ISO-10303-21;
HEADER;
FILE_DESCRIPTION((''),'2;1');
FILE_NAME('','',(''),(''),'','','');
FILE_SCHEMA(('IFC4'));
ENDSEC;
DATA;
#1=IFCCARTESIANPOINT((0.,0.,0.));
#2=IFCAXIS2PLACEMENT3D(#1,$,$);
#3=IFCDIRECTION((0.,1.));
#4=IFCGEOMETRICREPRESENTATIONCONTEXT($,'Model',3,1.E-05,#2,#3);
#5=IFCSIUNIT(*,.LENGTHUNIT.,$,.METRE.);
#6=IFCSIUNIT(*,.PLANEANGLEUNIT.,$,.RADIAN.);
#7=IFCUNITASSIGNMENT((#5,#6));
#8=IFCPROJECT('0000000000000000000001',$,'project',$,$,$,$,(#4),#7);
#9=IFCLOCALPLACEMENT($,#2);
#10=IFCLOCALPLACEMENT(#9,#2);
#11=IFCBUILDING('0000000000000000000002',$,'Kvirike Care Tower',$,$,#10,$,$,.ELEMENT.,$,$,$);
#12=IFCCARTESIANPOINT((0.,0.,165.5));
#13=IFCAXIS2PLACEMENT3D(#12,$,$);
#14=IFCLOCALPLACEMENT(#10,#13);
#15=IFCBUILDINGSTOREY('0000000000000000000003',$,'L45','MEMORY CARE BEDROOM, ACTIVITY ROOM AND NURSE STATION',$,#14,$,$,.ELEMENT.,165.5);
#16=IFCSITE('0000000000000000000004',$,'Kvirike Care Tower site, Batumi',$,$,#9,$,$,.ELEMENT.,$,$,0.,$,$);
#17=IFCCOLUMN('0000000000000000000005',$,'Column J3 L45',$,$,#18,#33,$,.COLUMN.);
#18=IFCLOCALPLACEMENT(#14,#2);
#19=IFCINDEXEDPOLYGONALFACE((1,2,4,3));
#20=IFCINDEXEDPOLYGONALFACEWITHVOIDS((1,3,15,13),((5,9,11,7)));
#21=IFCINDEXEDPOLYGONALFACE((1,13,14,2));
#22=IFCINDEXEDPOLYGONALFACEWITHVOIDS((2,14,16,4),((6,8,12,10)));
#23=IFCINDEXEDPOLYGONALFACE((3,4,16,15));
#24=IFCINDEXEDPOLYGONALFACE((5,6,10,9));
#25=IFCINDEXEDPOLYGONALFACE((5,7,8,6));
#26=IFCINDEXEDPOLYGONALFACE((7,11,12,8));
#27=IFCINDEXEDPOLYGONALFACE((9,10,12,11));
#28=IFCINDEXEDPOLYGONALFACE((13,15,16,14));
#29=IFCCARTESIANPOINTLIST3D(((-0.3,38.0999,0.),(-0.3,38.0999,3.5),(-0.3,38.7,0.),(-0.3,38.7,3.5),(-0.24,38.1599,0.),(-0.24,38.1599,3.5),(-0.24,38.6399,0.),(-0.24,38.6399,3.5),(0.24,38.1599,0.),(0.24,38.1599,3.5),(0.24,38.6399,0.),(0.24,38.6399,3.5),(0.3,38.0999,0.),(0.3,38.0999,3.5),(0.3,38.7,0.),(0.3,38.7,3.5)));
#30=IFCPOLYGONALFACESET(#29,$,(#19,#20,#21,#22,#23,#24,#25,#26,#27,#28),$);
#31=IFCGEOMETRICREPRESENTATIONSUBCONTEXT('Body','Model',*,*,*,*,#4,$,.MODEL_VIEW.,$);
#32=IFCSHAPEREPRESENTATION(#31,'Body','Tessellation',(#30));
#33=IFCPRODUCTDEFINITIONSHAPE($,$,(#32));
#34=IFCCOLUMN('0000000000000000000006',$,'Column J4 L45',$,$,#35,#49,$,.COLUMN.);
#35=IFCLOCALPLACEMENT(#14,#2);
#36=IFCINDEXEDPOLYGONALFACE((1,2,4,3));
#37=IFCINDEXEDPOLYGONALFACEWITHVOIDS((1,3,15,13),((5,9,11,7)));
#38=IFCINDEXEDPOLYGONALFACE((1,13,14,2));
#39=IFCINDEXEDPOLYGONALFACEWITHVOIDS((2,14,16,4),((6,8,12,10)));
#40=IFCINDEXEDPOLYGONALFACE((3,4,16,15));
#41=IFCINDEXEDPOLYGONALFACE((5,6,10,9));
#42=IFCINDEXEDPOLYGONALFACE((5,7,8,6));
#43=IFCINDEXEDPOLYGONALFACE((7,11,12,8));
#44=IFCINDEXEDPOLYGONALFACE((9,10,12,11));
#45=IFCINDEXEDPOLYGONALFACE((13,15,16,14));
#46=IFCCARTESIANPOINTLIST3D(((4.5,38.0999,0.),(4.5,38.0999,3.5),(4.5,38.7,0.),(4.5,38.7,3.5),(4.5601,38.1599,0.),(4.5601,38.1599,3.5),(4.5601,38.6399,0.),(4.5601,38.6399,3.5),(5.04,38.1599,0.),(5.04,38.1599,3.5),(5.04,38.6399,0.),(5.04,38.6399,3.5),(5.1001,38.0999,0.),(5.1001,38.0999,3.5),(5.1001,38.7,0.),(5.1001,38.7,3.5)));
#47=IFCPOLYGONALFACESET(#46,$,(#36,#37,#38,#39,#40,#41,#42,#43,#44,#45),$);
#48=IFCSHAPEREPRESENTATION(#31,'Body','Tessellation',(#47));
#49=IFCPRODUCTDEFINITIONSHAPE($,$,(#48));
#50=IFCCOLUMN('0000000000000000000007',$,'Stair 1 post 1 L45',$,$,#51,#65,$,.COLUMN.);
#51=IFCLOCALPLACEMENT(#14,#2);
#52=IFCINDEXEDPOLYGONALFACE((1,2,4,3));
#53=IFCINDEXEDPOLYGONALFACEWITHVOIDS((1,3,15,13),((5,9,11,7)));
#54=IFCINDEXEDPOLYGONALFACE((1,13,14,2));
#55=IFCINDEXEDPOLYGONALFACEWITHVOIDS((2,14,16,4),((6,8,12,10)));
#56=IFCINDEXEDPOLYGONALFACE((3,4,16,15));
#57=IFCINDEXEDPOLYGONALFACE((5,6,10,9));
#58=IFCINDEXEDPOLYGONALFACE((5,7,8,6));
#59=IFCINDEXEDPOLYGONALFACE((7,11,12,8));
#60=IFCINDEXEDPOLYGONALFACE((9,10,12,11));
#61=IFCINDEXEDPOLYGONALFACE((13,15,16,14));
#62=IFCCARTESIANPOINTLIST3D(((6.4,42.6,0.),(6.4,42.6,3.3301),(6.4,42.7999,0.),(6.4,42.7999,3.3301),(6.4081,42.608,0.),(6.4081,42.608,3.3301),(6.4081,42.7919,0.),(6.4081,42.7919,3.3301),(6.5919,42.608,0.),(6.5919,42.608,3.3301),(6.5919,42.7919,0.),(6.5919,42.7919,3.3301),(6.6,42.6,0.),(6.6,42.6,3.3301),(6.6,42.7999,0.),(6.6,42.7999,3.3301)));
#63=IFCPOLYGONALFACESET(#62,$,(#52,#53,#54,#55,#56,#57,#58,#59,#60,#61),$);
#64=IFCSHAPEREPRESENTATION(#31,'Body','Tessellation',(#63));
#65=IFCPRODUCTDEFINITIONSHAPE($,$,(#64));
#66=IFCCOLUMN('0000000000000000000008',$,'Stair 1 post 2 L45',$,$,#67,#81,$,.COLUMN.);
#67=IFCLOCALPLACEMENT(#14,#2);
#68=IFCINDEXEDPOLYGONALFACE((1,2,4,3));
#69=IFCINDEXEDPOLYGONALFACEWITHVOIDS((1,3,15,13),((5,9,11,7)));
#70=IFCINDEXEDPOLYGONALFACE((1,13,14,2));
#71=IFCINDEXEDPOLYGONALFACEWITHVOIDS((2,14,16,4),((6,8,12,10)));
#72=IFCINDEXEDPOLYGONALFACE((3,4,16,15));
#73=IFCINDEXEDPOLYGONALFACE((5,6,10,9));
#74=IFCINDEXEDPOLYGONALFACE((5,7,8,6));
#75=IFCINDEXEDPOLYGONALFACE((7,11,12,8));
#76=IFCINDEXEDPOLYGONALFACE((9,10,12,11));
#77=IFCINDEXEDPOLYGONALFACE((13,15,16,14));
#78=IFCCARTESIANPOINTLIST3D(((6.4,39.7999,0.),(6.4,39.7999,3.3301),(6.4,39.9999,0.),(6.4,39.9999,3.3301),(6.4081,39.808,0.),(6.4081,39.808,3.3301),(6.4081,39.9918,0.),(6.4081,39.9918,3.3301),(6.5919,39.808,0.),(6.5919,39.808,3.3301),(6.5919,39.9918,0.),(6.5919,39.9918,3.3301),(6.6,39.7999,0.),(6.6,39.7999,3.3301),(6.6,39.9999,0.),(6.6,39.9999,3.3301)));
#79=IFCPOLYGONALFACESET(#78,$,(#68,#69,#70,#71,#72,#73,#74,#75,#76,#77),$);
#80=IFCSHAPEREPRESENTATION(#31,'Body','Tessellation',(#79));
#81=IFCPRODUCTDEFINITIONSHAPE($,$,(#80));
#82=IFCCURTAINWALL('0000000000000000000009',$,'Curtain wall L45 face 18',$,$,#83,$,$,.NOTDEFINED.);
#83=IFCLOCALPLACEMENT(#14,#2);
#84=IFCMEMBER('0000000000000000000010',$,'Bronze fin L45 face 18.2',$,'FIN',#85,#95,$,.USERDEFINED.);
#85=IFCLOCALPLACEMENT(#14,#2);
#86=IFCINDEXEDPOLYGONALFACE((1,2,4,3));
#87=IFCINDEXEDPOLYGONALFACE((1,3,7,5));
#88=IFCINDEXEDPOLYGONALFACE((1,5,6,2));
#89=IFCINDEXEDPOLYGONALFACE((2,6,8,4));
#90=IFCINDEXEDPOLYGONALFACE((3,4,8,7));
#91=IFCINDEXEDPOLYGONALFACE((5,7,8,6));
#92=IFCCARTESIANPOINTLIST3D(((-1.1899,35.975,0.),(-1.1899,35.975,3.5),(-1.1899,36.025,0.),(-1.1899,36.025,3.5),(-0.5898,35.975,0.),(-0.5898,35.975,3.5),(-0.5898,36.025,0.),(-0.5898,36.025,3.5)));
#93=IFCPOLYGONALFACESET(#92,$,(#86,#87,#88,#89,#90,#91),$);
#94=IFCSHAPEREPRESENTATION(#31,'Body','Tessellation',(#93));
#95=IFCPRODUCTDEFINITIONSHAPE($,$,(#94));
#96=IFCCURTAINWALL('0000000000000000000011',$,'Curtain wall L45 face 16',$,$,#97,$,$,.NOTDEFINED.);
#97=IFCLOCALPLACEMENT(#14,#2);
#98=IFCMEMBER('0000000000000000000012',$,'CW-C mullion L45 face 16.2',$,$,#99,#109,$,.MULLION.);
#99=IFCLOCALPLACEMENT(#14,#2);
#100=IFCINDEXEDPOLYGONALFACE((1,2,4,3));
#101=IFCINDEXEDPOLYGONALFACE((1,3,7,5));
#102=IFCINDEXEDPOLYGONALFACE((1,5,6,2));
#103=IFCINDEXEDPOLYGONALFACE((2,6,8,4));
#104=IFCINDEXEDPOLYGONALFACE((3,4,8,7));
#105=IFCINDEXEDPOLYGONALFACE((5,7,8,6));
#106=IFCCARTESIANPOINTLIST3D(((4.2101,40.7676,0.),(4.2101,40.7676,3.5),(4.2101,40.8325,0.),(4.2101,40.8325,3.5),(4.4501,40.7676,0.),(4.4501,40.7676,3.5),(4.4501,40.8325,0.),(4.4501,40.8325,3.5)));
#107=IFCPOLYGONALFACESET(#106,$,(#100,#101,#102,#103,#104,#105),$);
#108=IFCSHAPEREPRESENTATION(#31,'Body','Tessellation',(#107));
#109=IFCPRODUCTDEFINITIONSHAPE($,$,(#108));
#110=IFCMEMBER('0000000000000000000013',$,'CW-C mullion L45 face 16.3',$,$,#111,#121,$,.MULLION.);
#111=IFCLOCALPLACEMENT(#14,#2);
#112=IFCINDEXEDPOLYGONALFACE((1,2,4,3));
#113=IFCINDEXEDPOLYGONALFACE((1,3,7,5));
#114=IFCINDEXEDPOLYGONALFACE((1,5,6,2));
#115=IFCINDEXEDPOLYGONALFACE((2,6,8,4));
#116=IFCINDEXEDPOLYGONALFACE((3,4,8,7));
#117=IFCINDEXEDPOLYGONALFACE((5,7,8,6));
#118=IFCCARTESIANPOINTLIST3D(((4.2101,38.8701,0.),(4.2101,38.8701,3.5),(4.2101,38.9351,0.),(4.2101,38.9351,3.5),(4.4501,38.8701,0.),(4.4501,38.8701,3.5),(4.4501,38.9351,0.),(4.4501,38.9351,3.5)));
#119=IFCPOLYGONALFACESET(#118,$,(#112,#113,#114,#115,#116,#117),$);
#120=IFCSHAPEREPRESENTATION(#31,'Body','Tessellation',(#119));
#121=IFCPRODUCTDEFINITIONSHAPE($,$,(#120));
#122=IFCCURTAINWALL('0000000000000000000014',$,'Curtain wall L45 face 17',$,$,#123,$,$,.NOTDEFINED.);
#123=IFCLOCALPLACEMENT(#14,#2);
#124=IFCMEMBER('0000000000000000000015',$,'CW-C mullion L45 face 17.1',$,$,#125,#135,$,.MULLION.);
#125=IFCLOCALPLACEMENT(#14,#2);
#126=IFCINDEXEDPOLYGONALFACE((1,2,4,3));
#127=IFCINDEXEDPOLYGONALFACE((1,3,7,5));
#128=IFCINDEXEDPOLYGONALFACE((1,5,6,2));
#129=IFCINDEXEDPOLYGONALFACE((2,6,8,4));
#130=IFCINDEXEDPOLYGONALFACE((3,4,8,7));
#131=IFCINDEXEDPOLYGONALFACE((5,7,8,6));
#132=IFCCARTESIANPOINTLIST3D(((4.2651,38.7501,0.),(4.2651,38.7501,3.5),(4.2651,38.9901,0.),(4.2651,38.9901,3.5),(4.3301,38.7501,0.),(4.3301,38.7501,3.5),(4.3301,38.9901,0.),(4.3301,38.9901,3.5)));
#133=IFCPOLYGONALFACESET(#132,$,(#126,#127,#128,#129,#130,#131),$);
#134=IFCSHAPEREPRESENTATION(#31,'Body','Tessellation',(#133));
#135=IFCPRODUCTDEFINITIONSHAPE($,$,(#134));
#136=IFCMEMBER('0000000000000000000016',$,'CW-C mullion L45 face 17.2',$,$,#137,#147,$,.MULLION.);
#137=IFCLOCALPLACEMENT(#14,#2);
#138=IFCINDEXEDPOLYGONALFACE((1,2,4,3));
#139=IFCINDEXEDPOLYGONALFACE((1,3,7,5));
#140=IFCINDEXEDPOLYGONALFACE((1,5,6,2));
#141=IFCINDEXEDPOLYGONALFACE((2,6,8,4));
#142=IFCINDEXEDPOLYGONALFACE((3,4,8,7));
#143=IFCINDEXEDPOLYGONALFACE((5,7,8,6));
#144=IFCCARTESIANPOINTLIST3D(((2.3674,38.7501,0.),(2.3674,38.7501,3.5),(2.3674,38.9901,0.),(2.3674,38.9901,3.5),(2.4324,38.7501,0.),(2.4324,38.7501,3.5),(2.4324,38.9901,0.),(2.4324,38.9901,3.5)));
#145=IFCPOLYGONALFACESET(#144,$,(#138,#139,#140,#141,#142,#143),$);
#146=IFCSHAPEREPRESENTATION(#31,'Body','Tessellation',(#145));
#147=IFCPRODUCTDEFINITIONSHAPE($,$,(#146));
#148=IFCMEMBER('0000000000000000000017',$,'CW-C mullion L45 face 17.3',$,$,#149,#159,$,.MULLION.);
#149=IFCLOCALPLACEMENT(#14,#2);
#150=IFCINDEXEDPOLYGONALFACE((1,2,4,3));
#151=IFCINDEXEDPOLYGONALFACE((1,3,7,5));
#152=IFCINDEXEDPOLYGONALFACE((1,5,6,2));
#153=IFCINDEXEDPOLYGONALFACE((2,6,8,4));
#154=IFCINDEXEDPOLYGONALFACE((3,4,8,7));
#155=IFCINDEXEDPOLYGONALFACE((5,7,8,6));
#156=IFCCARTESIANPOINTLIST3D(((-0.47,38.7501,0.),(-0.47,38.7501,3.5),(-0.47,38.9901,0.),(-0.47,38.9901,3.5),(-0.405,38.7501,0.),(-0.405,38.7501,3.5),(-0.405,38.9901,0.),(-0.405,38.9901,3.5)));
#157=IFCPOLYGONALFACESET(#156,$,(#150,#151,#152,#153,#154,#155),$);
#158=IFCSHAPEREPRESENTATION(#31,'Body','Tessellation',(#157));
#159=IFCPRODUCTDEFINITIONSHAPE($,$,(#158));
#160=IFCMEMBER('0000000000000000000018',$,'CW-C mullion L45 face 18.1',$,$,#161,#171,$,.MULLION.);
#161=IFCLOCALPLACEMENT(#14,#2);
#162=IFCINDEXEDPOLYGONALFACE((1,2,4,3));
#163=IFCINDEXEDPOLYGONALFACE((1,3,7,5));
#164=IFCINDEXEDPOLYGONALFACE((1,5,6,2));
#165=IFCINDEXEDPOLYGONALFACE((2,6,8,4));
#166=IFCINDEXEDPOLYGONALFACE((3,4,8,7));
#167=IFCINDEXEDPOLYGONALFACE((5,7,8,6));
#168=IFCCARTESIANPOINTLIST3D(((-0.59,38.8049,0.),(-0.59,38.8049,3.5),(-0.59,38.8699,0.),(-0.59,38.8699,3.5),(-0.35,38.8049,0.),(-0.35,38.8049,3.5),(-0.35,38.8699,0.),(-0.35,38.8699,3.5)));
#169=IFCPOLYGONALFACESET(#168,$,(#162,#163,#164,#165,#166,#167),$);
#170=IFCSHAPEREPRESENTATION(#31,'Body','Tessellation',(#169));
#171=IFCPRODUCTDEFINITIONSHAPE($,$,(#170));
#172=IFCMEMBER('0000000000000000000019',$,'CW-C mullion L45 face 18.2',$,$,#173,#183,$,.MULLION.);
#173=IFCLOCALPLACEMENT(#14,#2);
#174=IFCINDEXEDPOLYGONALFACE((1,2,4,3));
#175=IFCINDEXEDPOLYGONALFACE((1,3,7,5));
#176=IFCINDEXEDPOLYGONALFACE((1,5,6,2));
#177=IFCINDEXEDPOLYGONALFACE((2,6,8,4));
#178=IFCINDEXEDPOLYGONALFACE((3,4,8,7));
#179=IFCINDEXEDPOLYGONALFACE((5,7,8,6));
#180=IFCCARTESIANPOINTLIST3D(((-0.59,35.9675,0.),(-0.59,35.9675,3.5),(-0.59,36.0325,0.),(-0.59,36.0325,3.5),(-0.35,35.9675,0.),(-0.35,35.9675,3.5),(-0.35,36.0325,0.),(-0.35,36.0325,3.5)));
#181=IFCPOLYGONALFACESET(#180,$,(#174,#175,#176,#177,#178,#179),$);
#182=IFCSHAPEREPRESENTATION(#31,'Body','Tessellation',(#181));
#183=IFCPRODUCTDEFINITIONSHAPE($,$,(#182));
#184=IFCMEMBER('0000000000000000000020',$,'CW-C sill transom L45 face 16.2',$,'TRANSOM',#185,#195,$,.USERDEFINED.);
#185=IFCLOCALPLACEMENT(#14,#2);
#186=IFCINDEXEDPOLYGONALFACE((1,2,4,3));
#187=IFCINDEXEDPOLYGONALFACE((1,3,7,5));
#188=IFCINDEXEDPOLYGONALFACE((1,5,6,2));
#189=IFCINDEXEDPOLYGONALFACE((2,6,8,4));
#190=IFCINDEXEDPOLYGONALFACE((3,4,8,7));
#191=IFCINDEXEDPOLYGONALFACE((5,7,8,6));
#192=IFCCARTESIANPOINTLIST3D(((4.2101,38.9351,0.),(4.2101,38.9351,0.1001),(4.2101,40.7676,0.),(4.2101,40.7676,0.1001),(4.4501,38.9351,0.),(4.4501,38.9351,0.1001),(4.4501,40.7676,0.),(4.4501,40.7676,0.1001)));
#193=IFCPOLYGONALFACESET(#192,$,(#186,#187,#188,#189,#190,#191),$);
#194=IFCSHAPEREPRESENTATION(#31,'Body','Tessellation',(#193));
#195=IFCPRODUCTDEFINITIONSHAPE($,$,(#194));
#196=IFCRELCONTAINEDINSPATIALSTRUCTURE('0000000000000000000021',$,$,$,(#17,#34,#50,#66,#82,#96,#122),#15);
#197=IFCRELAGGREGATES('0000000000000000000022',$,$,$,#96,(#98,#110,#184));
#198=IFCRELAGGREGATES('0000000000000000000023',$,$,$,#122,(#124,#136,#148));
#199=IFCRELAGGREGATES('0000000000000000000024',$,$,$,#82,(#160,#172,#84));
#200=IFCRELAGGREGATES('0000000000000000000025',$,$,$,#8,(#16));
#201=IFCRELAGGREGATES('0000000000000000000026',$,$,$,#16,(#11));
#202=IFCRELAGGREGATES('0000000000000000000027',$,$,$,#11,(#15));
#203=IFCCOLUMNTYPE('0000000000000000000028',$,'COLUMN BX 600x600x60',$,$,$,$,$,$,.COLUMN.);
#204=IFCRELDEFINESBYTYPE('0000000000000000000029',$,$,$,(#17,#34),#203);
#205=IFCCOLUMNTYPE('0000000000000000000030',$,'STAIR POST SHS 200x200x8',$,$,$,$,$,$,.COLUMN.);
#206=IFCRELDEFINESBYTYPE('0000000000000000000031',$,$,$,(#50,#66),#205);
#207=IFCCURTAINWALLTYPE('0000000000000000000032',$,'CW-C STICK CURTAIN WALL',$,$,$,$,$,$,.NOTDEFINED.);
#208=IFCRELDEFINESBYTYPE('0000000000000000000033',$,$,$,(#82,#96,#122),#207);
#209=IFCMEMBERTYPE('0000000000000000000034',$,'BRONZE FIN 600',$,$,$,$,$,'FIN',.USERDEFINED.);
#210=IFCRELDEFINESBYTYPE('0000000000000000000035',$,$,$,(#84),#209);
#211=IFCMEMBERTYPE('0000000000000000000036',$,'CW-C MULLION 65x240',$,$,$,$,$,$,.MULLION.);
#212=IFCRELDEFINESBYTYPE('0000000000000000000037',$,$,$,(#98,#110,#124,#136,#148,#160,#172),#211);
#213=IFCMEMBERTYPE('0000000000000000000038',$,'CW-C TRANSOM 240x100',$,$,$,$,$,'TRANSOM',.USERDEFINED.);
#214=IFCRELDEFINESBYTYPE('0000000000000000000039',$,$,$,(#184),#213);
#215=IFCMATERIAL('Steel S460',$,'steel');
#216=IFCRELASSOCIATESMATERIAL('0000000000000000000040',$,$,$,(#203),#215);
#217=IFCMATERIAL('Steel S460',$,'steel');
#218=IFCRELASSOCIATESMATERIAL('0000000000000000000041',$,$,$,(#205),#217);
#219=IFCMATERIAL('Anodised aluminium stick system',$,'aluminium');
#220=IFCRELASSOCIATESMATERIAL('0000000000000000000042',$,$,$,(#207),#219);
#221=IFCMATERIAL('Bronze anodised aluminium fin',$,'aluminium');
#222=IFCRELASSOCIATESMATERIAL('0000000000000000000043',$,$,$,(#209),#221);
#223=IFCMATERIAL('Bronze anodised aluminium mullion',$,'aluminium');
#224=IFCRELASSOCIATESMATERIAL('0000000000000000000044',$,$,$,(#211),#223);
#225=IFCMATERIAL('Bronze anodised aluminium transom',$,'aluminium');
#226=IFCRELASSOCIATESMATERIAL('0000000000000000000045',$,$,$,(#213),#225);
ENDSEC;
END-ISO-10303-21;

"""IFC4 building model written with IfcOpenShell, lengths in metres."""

from ifc_helpers import new_model, si_unit, direction, frame, origin, origin_2d, place, context, subcontext, project, spatial, rectangle, hollow_rectangle, extrude, material, material_profile, profile_set, type_object, element, aggregate, save


model = new_model("IFC4")

# Units and contexts
model_context = context("Model", 3, precision=1e-05, world=origin(), true_north=direction((0.0, 1.0)))
body_context = subcontext(model_context, "Body", "Model", "MODEL_VIEW")
ifc_project = project(units=[si_unit("LENGTHUNIT", "METRE"), si_unit("PLANEANGLEUNIT", "RADIAN")], contexts=[model_context])

# Site, building, storey
site_placement = place(None, origin())
site = spatial("IfcSite", under=ifc_project, at=site_placement, Name="Kvirike Care Tower site, Batumi", CompositionType="ELEMENT", RefElevation=0.0)
building_placement = place(site_placement, origin())
building = spatial("IfcBuilding", under=site, at=building_placement, Name="Kvirike Care Tower", CompositionType="ELEMENT")
storey_placement = place(building_placement, frame((0.0, 0.0, 165.5)))
storey = spatial("IfcBuildingStorey", under=building, at=storey_placement, Name="L45", Description="MEMORY CARE BEDROOM, ACTIVITY ROOM AND NURSE STATION", CompositionType="ELEMENT", Elevation=165.5)

# Columns
ifc_material_1 = material(Name="Steel S460", Category="steel")
ifc_material_profile_1 = material_profile(ifc_material_1, hollow_rectangle(XDim=0.6001, YDim=0.6001, WallThickness=0.0601, at=origin_2d()), Name="BX 600x600x60")
ifc_profile_set_1 = profile_set([ifc_material_profile_1], Name="Steel S460")
column_type_1 = type_object("IfcColumnType", Name="COLUMN BX 600x600x60", PredefinedType="COLUMN", material=ifc_profile_set_1)
for number, where, z_axis, x_axis, name in (
    (1, (0.0, 38.3999, 0.0), (0.0, 0.0, 1.0), (0.0, 1.0, 0.0), "Column J3 L45"),
    (2, (4.8, 38.3999, 0.0), (0.0, 0.0, 1.0), (0.0, 1.0, 0.0), "Column J4 L45"),
):
    element("IfcColumn", number, at=place(storey_placement, frame(where, z_axis=z_axis, x_axis=x_axis)), inside=storey, type_object=column_type_1, Name=name, PredefinedType="COLUMN", context=body_context, shape_type="SweptSolid", body=[
        extrude(hollow_rectangle(XDim=0.6001, YDim=0.6001, WallThickness=0.0601, at=origin_2d()), origin(), (0.0, 0.0, 1.0), 3.5),
    ])
ifc_material_2 = material(Name="Steel S460", Category="steel")
ifc_material_profile_2 = material_profile(ifc_material_2, hollow_rectangle(XDim=0.2, YDim=0.2, WallThickness=0.0081, at=origin_2d()), Name="SHS 200x200x8")
ifc_profile_set_2 = profile_set([ifc_material_profile_2], Name="Steel S460")
column_type_2 = type_object("IfcColumnType", Name="STAIR POST SHS 200x200x8", PredefinedType="COLUMN", material=ifc_profile_set_2)
for number, where, z_axis, x_axis, name in (
    (3, (6.5, 42.7, 0.0), (0.0, 0.0, 1.0), (1.0, 0.0, 0.0), "Stair 1 post 1 L45"),
    (4, (6.5, 39.8999, 0.0), (0.0, 0.0, 1.0), (1.0, 0.0, 0.0), "Stair 1 post 2 L45"),
):
    element("IfcColumn", number, at=place(storey_placement, frame(where, z_axis=z_axis, x_axis=x_axis)), inside=storey, type_object=column_type_2, Name=name, PredefinedType="COLUMN", context=body_context, shape_type="SweptSolid", body=[
        extrude(hollow_rectangle(XDim=0.2, YDim=0.2, WallThickness=0.0081, at=origin_2d()), origin(), (0.0, 0.0, 1.0), 3.3301),
    ])

# Curtain wall, member
ifc_material_3 = material(Name="Anodised aluminium stick system", Category="aluminium")
curtain_wall_type = type_object("IfcCurtainWallType", Name="CW-C STICK CURTAIN WALL", PredefinedType="NOTDEFINED", material=ifc_material_3)
curtain_wall_1_placement = place(storey_placement, origin())
curtain_wall_1 = element("IfcCurtainWall", 5, at=curtain_wall_1_placement, inside=storey, type_object=curtain_wall_type, Name="Curtain wall L45 face 18", PredefinedType="NOTDEFINED")
ifc_material_4 = material(Name="Bronze anodised aluminium fin", Category="aluminium")
ifc_material_profile_3 = material_profile(ifc_material_4, rectangle(XDim=0.05, YDim=0.6001, at=origin_2d()), Name="BRONZE FIN 600")
ifc_profile_set_3 = profile_set([ifc_material_profile_3], Name="Bronze anodised aluminium fin")
member_type_1 = type_object("IfcMemberType", Name="BRONZE FIN 600", ElementType="FIN", PredefinedType="USERDEFINED", material=ifc_profile_set_3)
member_1_placement = place(storey_placement, frame((-0.8899, 36.0, 0.0), z_axis=(0.0, 0.0, 1.0), x_axis=(0.0, -1.0, 0.0)))
member_1 = element("IfcMember", 6, at=member_1_placement, type_object=member_type_1, Name="Bronze fin L45 face 18.2", ObjectType="FIN", PredefinedType="USERDEFINED", context=body_context, shape_type="SweptSolid", body=[
    extrude(rectangle(XDim=0.05, YDim=0.6001, at=origin_2d()), origin(), (0.0, 0.0, 1.0), 3.5),
])

# Curtain walls, members
curtain_wall_2_placement = place(storey_placement, origin())
curtain_wall_2 = element("IfcCurtainWall", 7, at=curtain_wall_2_placement, inside=storey, type_object=curtain_wall_type, Name="Curtain wall L45 face 16", PredefinedType="NOTDEFINED")
ifc_material_5 = material(Name="Bronze anodised aluminium mullion", Category="aluminium")
ifc_material_profile_4 = material_profile(ifc_material_5, rectangle(XDim=0.0649, YDim=0.24, at=origin_2d()), Name="CW-C MULLION 65x240")
ifc_profile_set_4 = profile_set([ifc_material_profile_4], Name="Bronze anodised aluminium mullion")
member_type_2 = type_object("IfcMemberType", Name="CW-C MULLION 65x240", PredefinedType="MULLION", material=ifc_profile_set_4)
member_2_placement = place(storey_placement, frame((4.3301, 40.8, 0.0), z_axis=(0.0, 0.0, 1.0), x_axis=(0.0, -1.0, 0.0)))
member_2 = element("IfcMember", 8, at=member_2_placement, type_object=member_type_2, Name="CW-C mullion L45 face 16.2", PredefinedType="MULLION", context=body_context, shape_type="SweptSolid", body=[
    extrude(rectangle(XDim=0.0649, YDim=0.24, at=origin_2d()), origin(), (0.0, 0.0, 1.0), 3.5),
])
member_3_placement = place(storey_placement, frame((4.3301, 38.9026, 0.0), z_axis=(0.0, 0.0, 1.0), x_axis=(0.0, -1.0, 0.0)))
member_3 = element("IfcMember", 9, at=member_3_placement, type_object=member_type_2, Name="CW-C mullion L45 face 16.3", PredefinedType="MULLION", context=body_context, shape_type="SweptSolid", body=[
    extrude(rectangle(XDim=0.0649, YDim=0.24, at=origin_2d()), origin(), (0.0, 0.0, 1.0), 3.5),
])
curtain_wall_3_placement = place(storey_placement, origin())
curtain_wall_3 = element("IfcCurtainWall", 10, at=curtain_wall_3_placement, inside=storey, type_object=curtain_wall_type, Name="Curtain wall L45 face 17", PredefinedType="NOTDEFINED")
member_4_placement = place(storey_placement, frame((4.2976, 38.8701, 0.0), z_axis=(0.0, 0.0, 1.0), x_axis=(-1.0, 0.0, 0.0)))
member_4 = element("IfcMember", 11, at=member_4_placement, type_object=member_type_2, Name="CW-C mullion L45 face 17.1", PredefinedType="MULLION", context=body_context, shape_type="SweptSolid", body=[
    extrude(rectangle(XDim=0.0649, YDim=0.24, at=origin_2d()), origin(), (0.0, 0.0, 1.0), 3.5),
])
member_5_placement = place(storey_placement, frame((2.3999, 38.8701, 0.0), z_axis=(0.0, 0.0, 1.0), x_axis=(-1.0, 0.0, 0.0)))
member_5 = element("IfcMember", 12, at=member_5_placement, type_object=member_type_2, Name="CW-C mullion L45 face 17.2", PredefinedType="MULLION", context=body_context, shape_type="SweptSolid", body=[
    extrude(rectangle(XDim=0.0649, YDim=0.24, at=origin_2d()), origin(), (0.0, 0.0, 1.0), 3.5),
])
member_6_placement = place(storey_placement, frame((-0.4375, 38.8701, 0.0), z_axis=(0.0, 0.0, 1.0), x_axis=(-1.0, 0.0, 0.0)))
member_6 = element("IfcMember", 13, at=member_6_placement, type_object=member_type_2, Name="CW-C mullion L45 face 17.3", PredefinedType="MULLION", context=body_context, shape_type="SweptSolid", body=[
    extrude(rectangle(XDim=0.0649, YDim=0.24, at=origin_2d()), origin(), (0.0, 0.0, 1.0), 3.5),
])

# Members
member_7_placement = place(storey_placement, frame((-0.47, 38.8374, 0.0), z_axis=(0.0, 0.0, 1.0), x_axis=(0.0, -1.0, 0.0)))
member_7 = element("IfcMember", 14, at=member_7_placement, type_object=member_type_2, Name="CW-C mullion L45 face 18.1", PredefinedType="MULLION", context=body_context, shape_type="SweptSolid", body=[
    extrude(rectangle(XDim=0.0649, YDim=0.24, at=origin_2d()), origin(), (0.0, 0.0, 1.0), 3.5),
])
member_8_placement = place(storey_placement, frame((-0.47, 36.0, 0.0), z_axis=(0.0, 0.0, 1.0), x_axis=(0.0, -1.0, 0.0)))
member_8 = element("IfcMember", 15, at=member_8_placement, type_object=member_type_2, Name="CW-C mullion L45 face 18.2", PredefinedType="MULLION", context=body_context, shape_type="SweptSolid", body=[
    extrude(rectangle(XDim=0.0649, YDim=0.24, at=origin_2d()), origin(), (0.0, 0.0, 1.0), 3.5),
])
ifc_material_6 = material(Name="Bronze anodised aluminium transom", Category="aluminium")
ifc_material_profile_5 = material_profile(ifc_material_6, rectangle(XDim=0.24, YDim=0.1001, at=origin_2d()), Name="CW-C TRANSOM 240x100")
ifc_profile_set_5 = profile_set([ifc_material_profile_5], Name="Bronze anodised aluminium transom")
member_type_3 = type_object("IfcMemberType", Name="CW-C TRANSOM 240x100", ElementType="TRANSOM", PredefinedType="USERDEFINED", material=ifc_profile_set_5)
member_9_placement = place(storey_placement, frame((4.3301, 40.7676, 0.05), z_axis=(0.0, -1.0, 0.0), x_axis=(1.0, 0.0, 0.0)))
member_9 = element("IfcMember", 16, at=member_9_placement, type_object=member_type_3, Name="CW-C sill transom L45 face 16.2", ObjectType="TRANSOM", PredefinedType="USERDEFINED", context=body_context, shape_type="SweptSolid", body=[
    extrude(rectangle(XDim=0.24, YDim=0.1001, at=origin_2d()), origin(), (0.0, 0.0, 1.0), 1.8325),
])

aggregate(curtain_wall_2, [member_2, member_3, member_9])
aggregate(curtain_wall_3, [member_4, member_5, member_6])
aggregate(curtain_wall_1, [member_7, member_8, member_1])

save(model, "model.ifc")
